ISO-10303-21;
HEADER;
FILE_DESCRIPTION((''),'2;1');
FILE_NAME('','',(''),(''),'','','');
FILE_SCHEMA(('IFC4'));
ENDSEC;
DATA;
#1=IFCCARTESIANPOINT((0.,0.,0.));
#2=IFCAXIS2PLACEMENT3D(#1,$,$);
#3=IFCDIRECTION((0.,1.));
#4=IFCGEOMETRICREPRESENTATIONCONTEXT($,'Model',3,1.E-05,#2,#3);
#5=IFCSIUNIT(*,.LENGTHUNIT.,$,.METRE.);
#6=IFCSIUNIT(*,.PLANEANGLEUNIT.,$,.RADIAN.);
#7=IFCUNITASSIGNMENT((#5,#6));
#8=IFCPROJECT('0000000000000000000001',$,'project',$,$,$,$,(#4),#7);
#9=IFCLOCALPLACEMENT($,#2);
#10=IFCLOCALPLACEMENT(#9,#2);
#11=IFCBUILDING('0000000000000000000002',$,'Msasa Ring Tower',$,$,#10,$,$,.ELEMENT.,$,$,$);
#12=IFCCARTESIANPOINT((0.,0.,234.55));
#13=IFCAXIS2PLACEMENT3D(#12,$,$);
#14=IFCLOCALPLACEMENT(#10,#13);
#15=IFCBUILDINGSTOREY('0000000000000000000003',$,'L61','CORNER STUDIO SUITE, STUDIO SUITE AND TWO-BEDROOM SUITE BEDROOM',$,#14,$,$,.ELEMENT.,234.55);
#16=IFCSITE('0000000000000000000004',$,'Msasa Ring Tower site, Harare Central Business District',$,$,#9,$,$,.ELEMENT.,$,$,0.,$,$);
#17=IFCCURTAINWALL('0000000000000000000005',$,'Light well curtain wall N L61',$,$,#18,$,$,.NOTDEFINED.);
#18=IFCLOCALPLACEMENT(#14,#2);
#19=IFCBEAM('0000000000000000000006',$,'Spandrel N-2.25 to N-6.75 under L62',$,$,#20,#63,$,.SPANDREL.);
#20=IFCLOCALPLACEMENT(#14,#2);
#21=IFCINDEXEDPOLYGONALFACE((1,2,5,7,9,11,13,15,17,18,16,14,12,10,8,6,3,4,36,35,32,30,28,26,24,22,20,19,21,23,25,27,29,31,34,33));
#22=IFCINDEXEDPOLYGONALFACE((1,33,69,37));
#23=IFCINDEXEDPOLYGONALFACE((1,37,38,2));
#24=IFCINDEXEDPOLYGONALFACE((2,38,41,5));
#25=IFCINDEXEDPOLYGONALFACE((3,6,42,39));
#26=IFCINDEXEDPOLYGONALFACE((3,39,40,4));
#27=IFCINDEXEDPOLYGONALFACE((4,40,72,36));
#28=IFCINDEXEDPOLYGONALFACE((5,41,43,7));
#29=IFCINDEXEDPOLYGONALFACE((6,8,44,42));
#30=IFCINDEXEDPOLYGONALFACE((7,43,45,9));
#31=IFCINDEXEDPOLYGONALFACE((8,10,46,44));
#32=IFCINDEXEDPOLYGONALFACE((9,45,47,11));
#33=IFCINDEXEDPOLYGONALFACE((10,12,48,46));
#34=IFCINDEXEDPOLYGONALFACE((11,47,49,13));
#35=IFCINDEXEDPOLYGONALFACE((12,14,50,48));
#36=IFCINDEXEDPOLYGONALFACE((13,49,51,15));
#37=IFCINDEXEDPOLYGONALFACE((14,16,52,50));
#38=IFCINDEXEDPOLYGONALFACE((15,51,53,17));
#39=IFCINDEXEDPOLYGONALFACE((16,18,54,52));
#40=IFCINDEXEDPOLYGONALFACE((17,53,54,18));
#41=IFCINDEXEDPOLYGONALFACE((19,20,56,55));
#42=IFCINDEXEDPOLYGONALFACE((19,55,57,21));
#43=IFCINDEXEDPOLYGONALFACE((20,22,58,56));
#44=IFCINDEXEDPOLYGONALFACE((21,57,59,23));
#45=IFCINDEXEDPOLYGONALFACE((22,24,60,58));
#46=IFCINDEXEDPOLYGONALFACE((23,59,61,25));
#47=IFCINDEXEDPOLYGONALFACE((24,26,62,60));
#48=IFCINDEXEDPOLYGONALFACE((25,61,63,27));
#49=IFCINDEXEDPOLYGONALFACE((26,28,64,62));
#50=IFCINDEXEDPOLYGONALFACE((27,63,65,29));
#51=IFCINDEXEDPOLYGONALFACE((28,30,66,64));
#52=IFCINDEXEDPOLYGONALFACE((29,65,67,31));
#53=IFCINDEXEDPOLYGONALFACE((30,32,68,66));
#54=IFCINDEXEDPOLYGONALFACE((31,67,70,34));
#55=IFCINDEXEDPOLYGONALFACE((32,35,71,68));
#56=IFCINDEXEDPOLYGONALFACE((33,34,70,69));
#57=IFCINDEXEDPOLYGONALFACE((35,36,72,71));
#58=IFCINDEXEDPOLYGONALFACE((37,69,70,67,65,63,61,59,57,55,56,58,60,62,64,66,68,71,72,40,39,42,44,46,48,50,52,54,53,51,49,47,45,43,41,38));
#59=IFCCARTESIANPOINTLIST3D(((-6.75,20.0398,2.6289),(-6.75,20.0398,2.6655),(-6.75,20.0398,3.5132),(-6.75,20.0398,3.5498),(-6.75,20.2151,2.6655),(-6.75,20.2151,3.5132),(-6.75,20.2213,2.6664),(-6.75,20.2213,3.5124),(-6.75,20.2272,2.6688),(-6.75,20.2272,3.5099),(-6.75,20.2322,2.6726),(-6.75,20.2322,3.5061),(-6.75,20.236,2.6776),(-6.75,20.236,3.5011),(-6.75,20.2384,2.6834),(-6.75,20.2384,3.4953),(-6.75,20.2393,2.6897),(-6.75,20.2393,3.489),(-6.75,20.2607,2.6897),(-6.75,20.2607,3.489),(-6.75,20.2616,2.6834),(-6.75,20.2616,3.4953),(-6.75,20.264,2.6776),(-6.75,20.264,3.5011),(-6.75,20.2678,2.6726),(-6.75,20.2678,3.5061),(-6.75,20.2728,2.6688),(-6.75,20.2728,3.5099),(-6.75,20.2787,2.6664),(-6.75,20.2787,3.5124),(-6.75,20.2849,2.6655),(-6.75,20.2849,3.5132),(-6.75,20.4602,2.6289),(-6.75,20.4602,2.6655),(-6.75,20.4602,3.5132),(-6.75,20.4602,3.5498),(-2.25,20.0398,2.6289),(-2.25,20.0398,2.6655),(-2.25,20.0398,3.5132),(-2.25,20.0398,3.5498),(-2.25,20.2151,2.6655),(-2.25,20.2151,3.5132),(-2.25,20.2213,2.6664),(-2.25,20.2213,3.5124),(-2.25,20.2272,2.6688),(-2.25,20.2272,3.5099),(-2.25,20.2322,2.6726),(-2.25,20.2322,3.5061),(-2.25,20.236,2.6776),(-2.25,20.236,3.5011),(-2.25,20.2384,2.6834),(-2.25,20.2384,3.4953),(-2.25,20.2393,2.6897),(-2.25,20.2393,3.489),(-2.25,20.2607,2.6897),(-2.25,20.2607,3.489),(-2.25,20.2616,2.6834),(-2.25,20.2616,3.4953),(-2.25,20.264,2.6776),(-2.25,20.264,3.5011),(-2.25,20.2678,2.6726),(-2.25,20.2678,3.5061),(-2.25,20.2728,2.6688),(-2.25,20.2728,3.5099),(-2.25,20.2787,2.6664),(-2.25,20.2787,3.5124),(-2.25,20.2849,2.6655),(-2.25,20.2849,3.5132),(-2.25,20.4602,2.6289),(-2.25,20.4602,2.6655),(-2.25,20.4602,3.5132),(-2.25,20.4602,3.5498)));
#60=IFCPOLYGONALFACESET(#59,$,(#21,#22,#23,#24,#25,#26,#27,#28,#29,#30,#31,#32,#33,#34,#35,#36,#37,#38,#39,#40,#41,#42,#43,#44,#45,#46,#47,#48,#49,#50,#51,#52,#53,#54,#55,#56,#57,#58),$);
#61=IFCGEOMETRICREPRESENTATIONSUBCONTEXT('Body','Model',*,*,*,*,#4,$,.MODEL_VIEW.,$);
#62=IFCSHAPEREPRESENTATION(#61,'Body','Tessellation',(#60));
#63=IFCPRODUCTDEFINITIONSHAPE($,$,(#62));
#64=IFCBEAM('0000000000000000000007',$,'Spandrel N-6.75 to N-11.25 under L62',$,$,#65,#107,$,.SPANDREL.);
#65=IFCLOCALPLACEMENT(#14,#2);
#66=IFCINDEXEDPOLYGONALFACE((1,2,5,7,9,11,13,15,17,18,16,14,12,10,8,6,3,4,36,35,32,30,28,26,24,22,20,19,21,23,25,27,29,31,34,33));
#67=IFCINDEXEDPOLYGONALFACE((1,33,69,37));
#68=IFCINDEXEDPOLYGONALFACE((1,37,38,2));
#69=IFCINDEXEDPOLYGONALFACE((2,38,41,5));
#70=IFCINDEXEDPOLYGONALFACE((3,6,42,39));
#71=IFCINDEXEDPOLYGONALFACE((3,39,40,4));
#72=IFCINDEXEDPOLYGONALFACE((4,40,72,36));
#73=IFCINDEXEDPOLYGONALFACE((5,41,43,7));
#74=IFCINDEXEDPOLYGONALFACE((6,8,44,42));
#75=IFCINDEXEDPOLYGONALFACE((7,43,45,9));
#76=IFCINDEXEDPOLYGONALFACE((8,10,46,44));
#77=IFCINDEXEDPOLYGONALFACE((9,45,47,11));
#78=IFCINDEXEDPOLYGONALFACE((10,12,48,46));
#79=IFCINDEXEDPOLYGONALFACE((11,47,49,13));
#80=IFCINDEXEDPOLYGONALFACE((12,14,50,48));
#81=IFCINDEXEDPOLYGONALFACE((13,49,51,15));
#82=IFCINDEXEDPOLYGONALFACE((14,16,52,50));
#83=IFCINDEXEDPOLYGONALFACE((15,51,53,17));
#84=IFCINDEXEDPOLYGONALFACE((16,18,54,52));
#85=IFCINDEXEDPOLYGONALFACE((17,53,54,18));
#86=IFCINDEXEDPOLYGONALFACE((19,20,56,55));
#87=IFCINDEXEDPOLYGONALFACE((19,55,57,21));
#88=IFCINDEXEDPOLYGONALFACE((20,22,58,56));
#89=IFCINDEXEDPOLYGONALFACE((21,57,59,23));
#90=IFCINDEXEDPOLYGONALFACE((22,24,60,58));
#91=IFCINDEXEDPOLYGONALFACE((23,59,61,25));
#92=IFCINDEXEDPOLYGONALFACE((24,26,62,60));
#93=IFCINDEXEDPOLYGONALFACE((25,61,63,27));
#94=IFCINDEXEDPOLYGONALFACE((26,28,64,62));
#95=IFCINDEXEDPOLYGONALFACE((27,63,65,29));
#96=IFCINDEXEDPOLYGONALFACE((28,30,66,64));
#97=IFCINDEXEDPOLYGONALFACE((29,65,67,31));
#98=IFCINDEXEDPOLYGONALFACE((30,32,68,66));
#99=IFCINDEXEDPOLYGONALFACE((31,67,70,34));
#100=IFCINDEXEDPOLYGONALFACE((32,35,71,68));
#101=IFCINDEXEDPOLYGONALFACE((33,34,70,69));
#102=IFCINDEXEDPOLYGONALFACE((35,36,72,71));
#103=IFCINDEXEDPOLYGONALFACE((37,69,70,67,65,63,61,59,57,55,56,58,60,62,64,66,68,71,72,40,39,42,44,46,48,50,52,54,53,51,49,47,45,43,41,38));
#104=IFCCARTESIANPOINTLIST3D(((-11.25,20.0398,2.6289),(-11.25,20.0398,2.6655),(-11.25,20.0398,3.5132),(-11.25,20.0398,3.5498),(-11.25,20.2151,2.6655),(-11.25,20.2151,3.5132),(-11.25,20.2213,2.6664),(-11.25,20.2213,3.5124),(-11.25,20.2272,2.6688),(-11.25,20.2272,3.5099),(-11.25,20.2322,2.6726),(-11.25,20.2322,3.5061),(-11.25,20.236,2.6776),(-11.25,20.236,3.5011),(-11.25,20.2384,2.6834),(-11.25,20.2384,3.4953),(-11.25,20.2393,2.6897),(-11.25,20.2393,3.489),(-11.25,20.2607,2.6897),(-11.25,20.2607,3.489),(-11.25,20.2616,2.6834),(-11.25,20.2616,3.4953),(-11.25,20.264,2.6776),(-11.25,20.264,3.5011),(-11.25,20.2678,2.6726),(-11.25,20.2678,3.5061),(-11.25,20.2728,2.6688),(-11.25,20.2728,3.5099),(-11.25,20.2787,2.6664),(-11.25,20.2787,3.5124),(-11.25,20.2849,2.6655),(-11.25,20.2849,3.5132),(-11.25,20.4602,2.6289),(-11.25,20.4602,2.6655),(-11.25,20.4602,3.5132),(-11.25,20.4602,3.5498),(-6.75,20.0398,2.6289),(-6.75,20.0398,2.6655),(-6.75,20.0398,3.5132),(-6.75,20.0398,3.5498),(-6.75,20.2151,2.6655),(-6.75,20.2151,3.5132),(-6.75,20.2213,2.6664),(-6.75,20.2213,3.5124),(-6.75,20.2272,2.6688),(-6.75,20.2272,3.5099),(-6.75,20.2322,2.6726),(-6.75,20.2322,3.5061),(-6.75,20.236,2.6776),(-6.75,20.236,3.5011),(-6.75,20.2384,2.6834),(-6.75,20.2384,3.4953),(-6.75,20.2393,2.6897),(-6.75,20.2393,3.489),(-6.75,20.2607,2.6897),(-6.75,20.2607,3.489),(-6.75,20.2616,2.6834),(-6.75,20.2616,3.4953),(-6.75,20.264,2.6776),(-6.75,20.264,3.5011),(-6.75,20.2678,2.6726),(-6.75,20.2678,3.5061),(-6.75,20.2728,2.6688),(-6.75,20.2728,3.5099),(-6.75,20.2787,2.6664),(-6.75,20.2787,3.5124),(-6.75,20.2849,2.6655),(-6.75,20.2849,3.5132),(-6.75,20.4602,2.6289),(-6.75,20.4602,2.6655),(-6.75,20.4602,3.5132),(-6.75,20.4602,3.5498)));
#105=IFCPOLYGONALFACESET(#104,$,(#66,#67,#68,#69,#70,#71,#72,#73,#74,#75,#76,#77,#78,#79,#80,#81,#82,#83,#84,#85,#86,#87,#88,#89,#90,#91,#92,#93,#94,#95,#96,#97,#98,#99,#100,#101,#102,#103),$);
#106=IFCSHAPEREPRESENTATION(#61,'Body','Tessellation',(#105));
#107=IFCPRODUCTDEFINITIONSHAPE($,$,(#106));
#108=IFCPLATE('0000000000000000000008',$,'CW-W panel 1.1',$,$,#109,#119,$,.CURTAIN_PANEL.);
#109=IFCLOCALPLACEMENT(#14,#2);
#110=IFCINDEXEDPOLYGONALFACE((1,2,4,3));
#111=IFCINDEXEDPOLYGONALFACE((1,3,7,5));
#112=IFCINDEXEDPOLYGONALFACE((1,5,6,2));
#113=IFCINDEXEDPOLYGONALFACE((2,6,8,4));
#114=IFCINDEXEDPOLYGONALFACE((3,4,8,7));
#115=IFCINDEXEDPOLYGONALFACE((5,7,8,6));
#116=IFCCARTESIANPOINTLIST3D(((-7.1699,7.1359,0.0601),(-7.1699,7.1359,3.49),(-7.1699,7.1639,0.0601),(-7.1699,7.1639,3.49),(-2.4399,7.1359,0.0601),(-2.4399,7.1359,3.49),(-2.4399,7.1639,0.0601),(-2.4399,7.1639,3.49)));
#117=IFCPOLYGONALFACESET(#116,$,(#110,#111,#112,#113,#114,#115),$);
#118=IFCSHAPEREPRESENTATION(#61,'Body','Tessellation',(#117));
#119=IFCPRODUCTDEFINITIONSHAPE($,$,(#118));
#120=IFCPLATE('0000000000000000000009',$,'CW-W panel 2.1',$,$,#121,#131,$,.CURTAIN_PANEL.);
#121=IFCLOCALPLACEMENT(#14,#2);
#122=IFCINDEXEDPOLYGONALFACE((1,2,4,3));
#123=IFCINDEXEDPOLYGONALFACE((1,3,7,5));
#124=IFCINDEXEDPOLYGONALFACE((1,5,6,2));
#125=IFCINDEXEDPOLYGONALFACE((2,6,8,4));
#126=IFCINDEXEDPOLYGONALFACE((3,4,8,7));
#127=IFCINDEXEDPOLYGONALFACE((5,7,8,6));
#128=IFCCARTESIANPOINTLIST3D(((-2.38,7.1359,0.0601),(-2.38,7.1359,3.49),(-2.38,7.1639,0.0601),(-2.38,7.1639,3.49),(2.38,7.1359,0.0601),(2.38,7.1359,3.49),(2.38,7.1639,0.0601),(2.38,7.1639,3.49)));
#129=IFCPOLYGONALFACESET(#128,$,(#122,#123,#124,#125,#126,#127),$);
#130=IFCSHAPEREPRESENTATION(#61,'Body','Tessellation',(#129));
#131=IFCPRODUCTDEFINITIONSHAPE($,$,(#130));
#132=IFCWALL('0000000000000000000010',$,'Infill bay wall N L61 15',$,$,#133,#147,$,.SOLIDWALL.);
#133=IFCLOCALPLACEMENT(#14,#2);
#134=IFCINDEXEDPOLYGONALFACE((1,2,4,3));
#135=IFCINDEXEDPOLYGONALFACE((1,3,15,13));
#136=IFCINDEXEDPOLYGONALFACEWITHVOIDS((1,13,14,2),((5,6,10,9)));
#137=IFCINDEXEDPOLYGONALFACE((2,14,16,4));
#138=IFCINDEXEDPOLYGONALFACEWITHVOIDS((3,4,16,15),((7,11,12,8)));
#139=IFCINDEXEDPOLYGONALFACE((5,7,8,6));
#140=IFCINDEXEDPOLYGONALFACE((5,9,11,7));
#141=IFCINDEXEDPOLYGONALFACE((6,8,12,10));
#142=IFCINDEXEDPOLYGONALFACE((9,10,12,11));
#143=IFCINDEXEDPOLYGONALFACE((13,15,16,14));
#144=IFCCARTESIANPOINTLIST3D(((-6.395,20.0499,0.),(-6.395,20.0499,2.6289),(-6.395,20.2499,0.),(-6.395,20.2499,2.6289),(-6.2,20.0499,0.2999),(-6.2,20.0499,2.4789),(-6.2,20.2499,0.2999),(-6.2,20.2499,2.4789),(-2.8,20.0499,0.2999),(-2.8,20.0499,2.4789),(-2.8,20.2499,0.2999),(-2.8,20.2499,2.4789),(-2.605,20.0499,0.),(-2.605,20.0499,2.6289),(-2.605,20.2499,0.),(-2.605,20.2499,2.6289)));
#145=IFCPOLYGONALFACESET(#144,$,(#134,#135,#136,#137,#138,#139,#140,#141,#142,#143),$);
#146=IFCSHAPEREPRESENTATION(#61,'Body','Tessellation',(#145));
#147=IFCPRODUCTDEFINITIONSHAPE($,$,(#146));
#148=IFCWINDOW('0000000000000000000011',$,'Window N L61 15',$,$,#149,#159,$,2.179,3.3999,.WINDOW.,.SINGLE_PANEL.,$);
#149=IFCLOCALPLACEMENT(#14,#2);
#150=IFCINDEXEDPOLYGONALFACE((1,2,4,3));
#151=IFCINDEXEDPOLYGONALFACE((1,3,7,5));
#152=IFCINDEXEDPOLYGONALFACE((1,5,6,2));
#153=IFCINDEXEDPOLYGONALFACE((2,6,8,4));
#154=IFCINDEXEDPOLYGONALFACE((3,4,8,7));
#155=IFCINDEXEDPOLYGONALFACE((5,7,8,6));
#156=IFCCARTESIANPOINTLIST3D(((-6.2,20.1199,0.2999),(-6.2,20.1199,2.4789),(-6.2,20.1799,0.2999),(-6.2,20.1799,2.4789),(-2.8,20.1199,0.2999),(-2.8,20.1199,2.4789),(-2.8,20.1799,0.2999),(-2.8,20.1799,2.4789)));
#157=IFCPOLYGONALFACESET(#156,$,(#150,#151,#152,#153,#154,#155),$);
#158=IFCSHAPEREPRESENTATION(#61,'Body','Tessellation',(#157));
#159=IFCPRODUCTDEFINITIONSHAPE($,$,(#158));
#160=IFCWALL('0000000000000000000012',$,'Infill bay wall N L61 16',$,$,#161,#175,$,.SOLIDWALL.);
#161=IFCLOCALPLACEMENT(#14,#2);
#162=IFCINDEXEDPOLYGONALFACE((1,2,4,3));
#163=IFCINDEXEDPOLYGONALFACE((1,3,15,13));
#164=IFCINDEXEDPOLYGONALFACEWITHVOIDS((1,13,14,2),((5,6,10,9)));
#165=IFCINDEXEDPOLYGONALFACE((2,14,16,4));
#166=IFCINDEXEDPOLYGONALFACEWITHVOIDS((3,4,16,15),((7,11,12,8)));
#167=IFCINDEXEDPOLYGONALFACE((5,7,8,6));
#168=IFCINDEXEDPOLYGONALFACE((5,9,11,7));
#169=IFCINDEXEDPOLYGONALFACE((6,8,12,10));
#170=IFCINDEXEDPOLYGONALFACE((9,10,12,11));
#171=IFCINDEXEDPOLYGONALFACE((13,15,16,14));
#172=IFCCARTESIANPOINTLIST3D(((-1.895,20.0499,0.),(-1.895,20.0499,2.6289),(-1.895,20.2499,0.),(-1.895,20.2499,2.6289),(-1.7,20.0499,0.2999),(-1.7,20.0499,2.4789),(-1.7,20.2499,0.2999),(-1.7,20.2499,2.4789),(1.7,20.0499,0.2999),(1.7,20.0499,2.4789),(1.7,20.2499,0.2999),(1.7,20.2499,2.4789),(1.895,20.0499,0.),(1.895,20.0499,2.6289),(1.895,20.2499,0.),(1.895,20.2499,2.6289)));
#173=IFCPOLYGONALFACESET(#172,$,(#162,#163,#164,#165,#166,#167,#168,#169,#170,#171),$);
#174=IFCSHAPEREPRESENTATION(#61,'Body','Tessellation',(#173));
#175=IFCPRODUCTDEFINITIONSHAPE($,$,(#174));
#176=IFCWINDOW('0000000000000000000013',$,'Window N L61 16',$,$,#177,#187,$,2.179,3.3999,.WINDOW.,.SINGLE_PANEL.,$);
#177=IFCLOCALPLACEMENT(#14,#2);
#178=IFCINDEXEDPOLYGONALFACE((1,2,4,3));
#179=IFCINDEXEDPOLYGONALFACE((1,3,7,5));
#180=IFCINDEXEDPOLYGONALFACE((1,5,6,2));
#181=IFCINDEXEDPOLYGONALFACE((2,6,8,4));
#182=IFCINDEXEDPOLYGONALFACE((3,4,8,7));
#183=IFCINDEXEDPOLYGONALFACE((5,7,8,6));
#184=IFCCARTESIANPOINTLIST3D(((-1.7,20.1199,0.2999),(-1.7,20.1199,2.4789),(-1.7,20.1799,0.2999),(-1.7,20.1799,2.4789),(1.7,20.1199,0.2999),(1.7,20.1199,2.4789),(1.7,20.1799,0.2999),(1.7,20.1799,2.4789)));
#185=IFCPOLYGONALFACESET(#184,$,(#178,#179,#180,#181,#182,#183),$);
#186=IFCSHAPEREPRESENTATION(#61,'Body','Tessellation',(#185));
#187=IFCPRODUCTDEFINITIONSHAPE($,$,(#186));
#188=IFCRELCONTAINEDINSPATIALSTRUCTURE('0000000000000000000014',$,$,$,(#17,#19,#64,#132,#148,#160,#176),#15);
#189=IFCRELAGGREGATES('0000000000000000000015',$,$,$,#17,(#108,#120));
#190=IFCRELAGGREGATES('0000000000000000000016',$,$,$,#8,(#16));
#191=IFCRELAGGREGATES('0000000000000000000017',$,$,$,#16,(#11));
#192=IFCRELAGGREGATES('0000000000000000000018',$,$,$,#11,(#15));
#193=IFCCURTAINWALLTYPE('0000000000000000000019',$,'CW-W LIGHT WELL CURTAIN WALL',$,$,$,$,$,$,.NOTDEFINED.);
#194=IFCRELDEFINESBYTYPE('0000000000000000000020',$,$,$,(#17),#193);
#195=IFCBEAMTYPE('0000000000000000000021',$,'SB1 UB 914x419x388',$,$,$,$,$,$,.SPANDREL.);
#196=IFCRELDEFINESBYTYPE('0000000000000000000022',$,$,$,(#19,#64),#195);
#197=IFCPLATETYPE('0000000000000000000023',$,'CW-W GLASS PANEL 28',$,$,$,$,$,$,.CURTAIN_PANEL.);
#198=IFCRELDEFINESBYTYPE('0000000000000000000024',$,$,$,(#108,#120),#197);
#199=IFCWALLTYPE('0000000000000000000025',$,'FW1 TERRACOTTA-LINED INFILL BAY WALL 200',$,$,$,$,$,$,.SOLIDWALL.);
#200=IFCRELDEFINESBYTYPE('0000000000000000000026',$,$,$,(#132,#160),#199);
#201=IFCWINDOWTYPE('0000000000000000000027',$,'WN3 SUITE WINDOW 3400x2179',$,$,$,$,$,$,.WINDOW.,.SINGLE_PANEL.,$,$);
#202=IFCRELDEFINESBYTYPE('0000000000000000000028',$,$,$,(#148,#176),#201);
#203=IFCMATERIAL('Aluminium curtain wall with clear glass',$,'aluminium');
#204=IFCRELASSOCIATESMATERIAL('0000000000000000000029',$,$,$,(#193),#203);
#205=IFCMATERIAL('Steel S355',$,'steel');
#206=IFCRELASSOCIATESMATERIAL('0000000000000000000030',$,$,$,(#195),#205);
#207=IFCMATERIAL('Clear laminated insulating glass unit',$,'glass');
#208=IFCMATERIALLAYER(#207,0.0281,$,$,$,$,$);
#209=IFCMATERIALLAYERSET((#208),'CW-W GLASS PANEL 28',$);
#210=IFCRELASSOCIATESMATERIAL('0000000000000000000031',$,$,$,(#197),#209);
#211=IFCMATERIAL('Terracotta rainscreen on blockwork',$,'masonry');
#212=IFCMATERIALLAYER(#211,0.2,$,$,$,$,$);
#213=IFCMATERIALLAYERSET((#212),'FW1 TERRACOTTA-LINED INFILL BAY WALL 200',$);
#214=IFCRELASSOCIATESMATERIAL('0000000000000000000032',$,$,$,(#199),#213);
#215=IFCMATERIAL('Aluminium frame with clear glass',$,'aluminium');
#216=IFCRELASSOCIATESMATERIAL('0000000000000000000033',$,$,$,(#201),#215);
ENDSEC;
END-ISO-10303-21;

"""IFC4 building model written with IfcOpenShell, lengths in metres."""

from ifc_helpers import new_model, si_unit, direction, frame, frame_2d, origin, origin_2d, place, context, subcontext, project, spatial, rectangle, i_section, extrude, material, layer, layer_set, material_profile, profile_set, type_object, element, fill, aggregate, save


model = new_model("IFC4")

# Units and contexts
model_context = context("Model", 3, precision=1e-05, world=origin(), true_north=direction((0.0, 1.0)))
body_context = subcontext(model_context, "Body", "Model", "MODEL_VIEW")
ifc_project = project(units=[si_unit("LENGTHUNIT", "METRE"), si_unit("PLANEANGLEUNIT", "RADIAN")], contexts=[model_context])

# Site, building, storey
site_placement = place(None, origin())
site = spatial("IfcSite", under=ifc_project, at=site_placement, Name="Msasa Ring Tower site, Harare Central Business District", CompositionType="ELEMENT", RefElevation=0.0)
building_placement = place(site_placement, origin())
building = spatial("IfcBuilding", under=site, at=building_placement, Name="Msasa Ring Tower", CompositionType="ELEMENT")
storey_placement = place(building_placement, frame((0.0, 0.0, 234.55)))
storey = spatial("IfcBuildingStorey", under=building, at=storey_placement, Name="L61", Description="CORNER STUDIO SUITE, STUDIO SUITE AND TWO-BEDROOM SUITE BEDROOM", CompositionType="ELEMENT", Elevation=234.55)

# Curtain wall
ifc_material_1 = material(Name="Aluminium curtain wall with clear glass", Category="aluminium")
curtain_wall_type = type_object("IfcCurtainWallType", Name="CW-W LIGHT WELL CURTAIN WALL", PredefinedType="NOTDEFINED", material=ifc_material_1)
curtain_wall_placement = place(storey_placement, origin())
curtain_wall = element("IfcCurtainWall", 1, at=curtain_wall_placement, inside=storey, type_object=curtain_wall_type, Name="Light well curtain wall N L61", PredefinedType="NOTDEFINED")

# Beams
ifc_material_2 = material(Name="Steel S355", Category="steel")
ifc_material_profile_1 = material_profile(ifc_material_2, i_section(OverallWidth=0.4204, OverallDepth=0.9209, WebThickness=0.0215, FlangeThickness=0.0366, FilletRadius=0.0242, at=origin_2d()), Name="UB 914x419x388")
ifc_profile_set_1 = profile_set([ifc_material_profile_1], Name="Steel S355")
beam_type_1 = type_object("IfcBeamType", Name="SB1 UB 914x419x388", PredefinedType="SPANDREL", material=ifc_profile_set_1)
for number, where, z_axis, x_axis, name in (
    (2, (-2.25, 20.25, 3.0894), (-1.0, 0.0, 0.0), (0.0, -1.0, 0.0), "Spandrel N-2.25 to N-6.75 under L62"),
    (3, (-6.75, 20.25, 3.0894), (-1.0, 0.0, 0.0), (0.0, -1.0, 0.0), "Spandrel N-6.75 to N-11.25 under L62"),
):
    element("IfcBeam", number, at=place(storey_placement, frame(where, z_axis=z_axis, x_axis=x_axis)), inside=storey, type_object=beam_type_1, Name=name, PredefinedType="SPANDREL", context=body_context, shape_type="SweptSolid", body=[
        extrude(i_section(OverallWidth=0.4204, OverallDepth=0.9209, WebThickness=0.0215, FlangeThickness=0.0366, FilletRadius=0.0242, at=origin_2d()), origin(), (0.0, 0.0, 1.0), 4.5),
    ])

# Plates
ifc_material_3 = material(Name="Clear laminated insulating glass unit", Category="glass")
ifc_layer_1 = layer(ifc_material_3, 0.0281)
ifc_layer_set_1 = layer_set([ifc_layer_1], Name="CW-W GLASS PANEL 28")
plate_type = type_object("IfcPlateType", Name="CW-W GLASS PANEL 28", PredefinedType="CURTAIN_PANEL", material=ifc_layer_set_1)
plate_1_placement = place(storey_placement, frame((-4.8049, 7.1499, 0.0601), z_axis=(0.0, 0.0, 1.0), x_axis=(1.0, 0.0, 0.0)))
plate_1 = element("IfcPlate", 4, at=plate_1_placement, type_object=plate_type, Name="CW-W panel 1.1", PredefinedType="CURTAIN_PANEL", context=body_context, shape_type="SweptSolid", body=[
    extrude(rectangle(XDim=4.73, YDim=0.0281, at=origin_2d()), origin(), (0.0, 0.0, 1.0), 3.4299),
])
plate_2_placement = place(storey_placement, frame((0.0, 7.1499, 0.0601), z_axis=(0.0, 0.0, 1.0), x_axis=(1.0, 0.0, 0.0)))
plate_2 = element("IfcPlate", 5, at=plate_2_placement, type_object=plate_type, Name="CW-W panel 2.1", PredefinedType="CURTAIN_PANEL", context=body_context, shape_type="SweptSolid", body=[
    extrude(rectangle(XDim=4.76, YDim=0.0281, at=origin_2d()), origin(), (0.0, 0.0, 1.0), 3.4299),
])
aggregate(curtain_wall, [plate_1, plate_2])

# Walls, openings, windows
ifc_material_4 = material(Name="Terracotta rainscreen on blockwork", Category="masonry")
ifc_layer_2 = layer(ifc_material_4, 0.2)
ifc_layer_set_2 = layer_set([ifc_layer_2], Name="FW1 TERRACOTTA-LINED INFILL BAY WALL 200")
wall_type_1 = type_object("IfcWallType", Name="FW1 TERRACOTTA-LINED INFILL BAY WALL 200", PredefinedType="SOLIDWALL", material=ifc_layer_set_2)
wall_1_placement = place(storey_placement, frame((-6.395, 20.1499, 0.0), z_axis=(0.0, 0.0, 1.0), x_axis=(1.0, 0.0, 0.0)))
wall_1 = element("IfcWall", 6, at=wall_1_placement, inside=storey, type_object=wall_type_1, Name="Infill bay wall N L61 15", PredefinedType="SOLIDWALL", context=body_context, shape_type="SweptSolid", body=[
    extrude(rectangle(XDim=3.79, YDim=0.2, at=frame_2d((1.895, 0.0))), origin(), (0.0, 0.0, 1.0), 2.6289),
])
opening_1_placement = place(wall_1_placement, frame((0.1951, 0.0, 0.3)))
opening_1 = element("IfcOpeningElement", 7, at=opening_1_placement, cuts=wall_1, PredefinedType="OPENING", context=body_context, shape_type="SweptSolid", body=[
    extrude(rectangle(XDim=3.3999, YDim=2.179, at=frame_2d((1.7, 1.0894))), frame((0.0, 0.1099, 0.0), z_axis=(0.0, -1.0, 0.0), x_axis=(1.0, 0.0, 0.0)), (0.0, 0.0, 1.0), 0.22),
])
ifc_material_5 = material(Name="Aluminium frame with clear glass", Category="aluminium")
window_type = type_object("IfcWindowType", Name="WN3 SUITE WINDOW 3400x2179", PartitioningType="SINGLE_PANEL", PredefinedType="WINDOW", material=ifc_material_5)
window_1_placement = place(opening_1_placement, origin())
window_1 = element("IfcWindow", 8, at=window_1_placement, inside=storey, type_object=window_type, Name="Window N L61 15", OverallHeight=2.179, OverallWidth=3.3999, PartitioningType="SINGLE_PANEL", PredefinedType="WINDOW", context=body_context, shape_type="SweptSolid", body=[
    extrude(rectangle(XDim=3.3999, YDim=2.179, at=frame_2d((1.7, 1.0894))), frame((0.0, 0.03, 0.0), z_axis=(0.0, -1.0, 0.0), x_axis=(1.0, 0.0, 0.0)), (0.0, 0.0, 1.0), 0.0601),
])
fill(opening_1, window_1)
wall_2_placement = place(storey_placement, frame((-1.895, 20.1499, 0.0), z_axis=(0.0, 0.0, 1.0), x_axis=(1.0, 0.0, 0.0)))
wall_2 = element("IfcWall", 9, at=wall_2_placement, inside=storey, type_object=wall_type_1, Name="Infill bay wall N L61 16", PredefinedType="SOLIDWALL", context=body_context, shape_type="SweptSolid", body=[
    extrude(rectangle(XDim=3.79, YDim=0.2, at=frame_2d((1.895, 0.0))), origin(), (0.0, 0.0, 1.0), 2.6289),
])
opening_2_placement = place(wall_2_placement, frame((0.1951, 0.0, 0.3)))
opening_2 = element("IfcOpeningElement", 10, at=opening_2_placement, cuts=wall_2, PredefinedType="OPENING", context=body_context, shape_type="SweptSolid", body=[
    extrude(rectangle(XDim=3.3999, YDim=2.179, at=frame_2d((1.7, 1.0894))), frame((0.0, 0.1099, 0.0), z_axis=(0.0, -1.0, 0.0), x_axis=(1.0, 0.0, 0.0)), (0.0, 0.0, 1.0), 0.22),
])
window_2_placement = place(opening_2_placement, origin())
window_2 = element("IfcWindow", 11, at=window_2_placement, inside=storey, type_object=window_type, Name="Window N L61 16", OverallHeight=2.179, OverallWidth=3.3999, PartitioningType="SINGLE_PANEL", PredefinedType="WINDOW", context=body_context, shape_type="SweptSolid", body=[
    extrude(rectangle(XDim=3.3999, YDim=2.179, at=frame_2d((1.7, 1.0894))), frame((0.0, 0.03, 0.0), z_axis=(0.0, -1.0, 0.0), x_axis=(1.0, 0.0, 0.0)), (0.0, 0.0, 1.0), 0.0601),
])
fill(opening_2, window_2)

save(model, "model.ifc")
